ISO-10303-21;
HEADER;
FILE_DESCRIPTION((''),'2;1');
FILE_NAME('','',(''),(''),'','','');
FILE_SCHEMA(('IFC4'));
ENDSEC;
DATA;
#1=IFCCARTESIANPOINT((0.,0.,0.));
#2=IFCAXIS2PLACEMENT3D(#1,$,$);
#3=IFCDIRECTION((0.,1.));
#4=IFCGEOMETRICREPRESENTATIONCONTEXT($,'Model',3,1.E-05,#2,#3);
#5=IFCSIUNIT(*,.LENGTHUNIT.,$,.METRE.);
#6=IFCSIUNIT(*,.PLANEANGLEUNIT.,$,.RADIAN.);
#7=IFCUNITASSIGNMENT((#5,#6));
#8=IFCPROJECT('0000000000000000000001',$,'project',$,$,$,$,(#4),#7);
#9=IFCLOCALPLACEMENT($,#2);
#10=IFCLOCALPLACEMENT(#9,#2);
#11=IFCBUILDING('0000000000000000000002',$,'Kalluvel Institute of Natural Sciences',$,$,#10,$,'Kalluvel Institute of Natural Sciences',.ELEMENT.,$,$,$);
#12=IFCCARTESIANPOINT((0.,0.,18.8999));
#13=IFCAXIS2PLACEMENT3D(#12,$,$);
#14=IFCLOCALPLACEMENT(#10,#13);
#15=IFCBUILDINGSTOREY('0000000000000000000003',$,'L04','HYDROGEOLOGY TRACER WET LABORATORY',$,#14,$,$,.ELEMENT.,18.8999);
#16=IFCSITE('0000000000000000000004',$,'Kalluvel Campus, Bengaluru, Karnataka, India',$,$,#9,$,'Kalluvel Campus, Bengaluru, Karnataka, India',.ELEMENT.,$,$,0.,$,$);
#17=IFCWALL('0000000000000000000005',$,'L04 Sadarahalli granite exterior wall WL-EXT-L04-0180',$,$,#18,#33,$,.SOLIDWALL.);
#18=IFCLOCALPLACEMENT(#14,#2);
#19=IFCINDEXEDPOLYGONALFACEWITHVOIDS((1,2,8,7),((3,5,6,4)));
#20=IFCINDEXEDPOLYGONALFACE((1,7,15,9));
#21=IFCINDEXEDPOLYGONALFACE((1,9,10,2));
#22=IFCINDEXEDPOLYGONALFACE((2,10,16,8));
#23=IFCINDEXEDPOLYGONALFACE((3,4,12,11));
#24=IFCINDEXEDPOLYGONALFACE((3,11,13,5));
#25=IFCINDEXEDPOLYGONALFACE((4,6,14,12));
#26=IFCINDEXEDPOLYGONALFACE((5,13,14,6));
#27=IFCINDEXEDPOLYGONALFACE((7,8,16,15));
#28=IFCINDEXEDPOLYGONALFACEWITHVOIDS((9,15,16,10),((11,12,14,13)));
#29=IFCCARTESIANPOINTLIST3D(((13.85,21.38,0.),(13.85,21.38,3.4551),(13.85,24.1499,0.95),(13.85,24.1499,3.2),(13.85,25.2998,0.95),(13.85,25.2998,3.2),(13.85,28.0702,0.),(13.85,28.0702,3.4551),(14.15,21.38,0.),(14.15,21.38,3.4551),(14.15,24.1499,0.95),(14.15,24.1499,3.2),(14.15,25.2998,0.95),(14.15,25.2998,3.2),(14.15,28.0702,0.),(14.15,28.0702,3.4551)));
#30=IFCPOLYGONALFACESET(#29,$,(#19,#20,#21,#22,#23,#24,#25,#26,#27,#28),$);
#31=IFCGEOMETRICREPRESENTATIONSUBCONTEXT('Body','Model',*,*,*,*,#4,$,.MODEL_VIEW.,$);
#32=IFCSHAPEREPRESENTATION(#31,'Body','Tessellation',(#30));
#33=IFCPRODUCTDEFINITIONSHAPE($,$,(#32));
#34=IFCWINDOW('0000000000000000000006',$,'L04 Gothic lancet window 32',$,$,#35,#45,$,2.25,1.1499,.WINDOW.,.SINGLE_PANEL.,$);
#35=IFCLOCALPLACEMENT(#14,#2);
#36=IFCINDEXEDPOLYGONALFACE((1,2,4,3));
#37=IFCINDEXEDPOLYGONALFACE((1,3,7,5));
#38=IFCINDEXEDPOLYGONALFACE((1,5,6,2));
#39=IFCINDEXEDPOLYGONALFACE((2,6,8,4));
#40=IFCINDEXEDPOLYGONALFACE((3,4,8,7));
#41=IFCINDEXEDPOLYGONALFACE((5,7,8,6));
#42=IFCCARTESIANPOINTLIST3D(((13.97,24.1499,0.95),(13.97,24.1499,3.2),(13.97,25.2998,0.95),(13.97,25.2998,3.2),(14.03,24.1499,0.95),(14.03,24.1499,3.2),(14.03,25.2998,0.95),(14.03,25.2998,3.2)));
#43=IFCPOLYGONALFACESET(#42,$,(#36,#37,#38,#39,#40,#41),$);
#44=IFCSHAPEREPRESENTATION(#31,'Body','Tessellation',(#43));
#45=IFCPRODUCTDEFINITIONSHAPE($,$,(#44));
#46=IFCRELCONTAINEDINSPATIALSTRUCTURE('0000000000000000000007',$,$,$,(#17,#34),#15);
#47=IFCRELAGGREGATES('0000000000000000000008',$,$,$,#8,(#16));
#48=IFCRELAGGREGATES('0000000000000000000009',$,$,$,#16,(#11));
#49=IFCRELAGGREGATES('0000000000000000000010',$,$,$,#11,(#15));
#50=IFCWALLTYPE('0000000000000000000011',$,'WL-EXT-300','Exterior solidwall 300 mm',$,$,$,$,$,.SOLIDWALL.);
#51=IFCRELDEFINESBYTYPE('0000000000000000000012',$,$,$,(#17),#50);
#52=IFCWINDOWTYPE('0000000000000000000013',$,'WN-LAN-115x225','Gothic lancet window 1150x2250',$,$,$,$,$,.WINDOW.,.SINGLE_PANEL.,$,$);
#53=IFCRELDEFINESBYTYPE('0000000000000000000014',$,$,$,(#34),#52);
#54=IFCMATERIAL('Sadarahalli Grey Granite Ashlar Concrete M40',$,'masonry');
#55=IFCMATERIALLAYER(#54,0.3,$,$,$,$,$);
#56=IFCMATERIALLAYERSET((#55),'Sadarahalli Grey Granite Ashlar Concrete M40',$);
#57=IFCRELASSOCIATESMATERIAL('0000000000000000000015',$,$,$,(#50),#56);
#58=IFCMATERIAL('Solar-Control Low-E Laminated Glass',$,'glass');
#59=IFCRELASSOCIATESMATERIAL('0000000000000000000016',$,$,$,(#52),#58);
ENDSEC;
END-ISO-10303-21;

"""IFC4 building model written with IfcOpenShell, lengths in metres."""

from ifc_helpers import new_model, si_unit, direction, frame, frame_2d, origin, place, context, subcontext, project, spatial, rectangle, extrude, material, layer, layer_set, type_object, element, fill, save


model = new_model("IFC4")

# Units and contexts
model_context = context("Model", 3, precision=1e-05, world=origin(), true_north=direction((0.0, 1.0)))
body_context = subcontext(model_context, "Body", "Model", "MODEL_VIEW")
ifc_project = project(units=[si_unit("LENGTHUNIT", "METRE"), si_unit("PLANEANGLEUNIT", "RADIAN")], contexts=[model_context])

# Site, building, storey
site_placement = place(None, origin())
site = spatial("IfcSite", under=ifc_project, at=site_placement, Name="Kalluvel Campus, Bengaluru, Karnataka, India", LongName="Kalluvel Campus, Bengaluru, Karnataka, India", CompositionType="ELEMENT", RefElevation=0.0)
building_placement = place(site_placement, origin())
building = spatial("IfcBuilding", under=site, at=building_placement, Name="Kalluvel Institute of Natural Sciences", LongName="Kalluvel Institute of Natural Sciences", CompositionType="ELEMENT")
storey_placement = place(building_placement, frame((0.0, 0.0, 18.8999)))
storey = spatial("IfcBuildingStorey", under=building, at=storey_placement, Name="L04", Description="HYDROGEOLOGY TRACER WET LABORATORY", CompositionType="ELEMENT", Elevation=18.8999)

# Shared definitions
ifc_material_1 = material(Name="Solar-Control Low-E Laminated Glass", Category="glass")

# Wall, opening, window
ifc_material_2 = material(Name="Sadarahalli Grey Granite Ashlar Concrete M40", Category="masonry")
ifc_layer_1 = layer(ifc_material_2, 0.3)
ifc_layer_set_1 = layer_set([ifc_layer_1], Name="Sadarahalli Grey Granite Ashlar Concrete M40")
wall_type = type_object("IfcWallType", Name="WL-EXT-300", Description="Exterior solidwall 300 mm", PredefinedType="SOLIDWALL", material=ifc_layer_set_1)
wall_placement = place(storey_placement, frame((14.0, 21.3799, 0.0), z_axis=(0.0, 0.0, 1.0), x_axis=(0.0, 1.0, 0.0)))
wall = element("IfcWall", 1, at=wall_placement, inside=storey, type_object=wall_type, Name="L04 Sadarahalli granite exterior wall WL-EXT-L04-0180", PredefinedType="SOLIDWALL", context=body_context, shape_type="SweptSolid", body=[
    extrude(rectangle(XDim=6.6902, YDim=0.3, at=frame_2d((3.3452, 0.0))), origin(), (0.0, 0.0, 1.0), 3.4551),
])
opening_placement = place(wall_placement, frame((2.77, 0.0, 0.95)))
opening = element("IfcOpeningElement", 2, at=opening_placement, cuts=wall, PredefinedType="OPENING", context=body_context, shape_type="SweptSolid", body=[
    extrude(rectangle(XDim=1.1499, YDim=2.25, at=frame_2d((0.575, 1.125))), frame((0.0, 0.1599, 0.0), z_axis=(0.0, -1.0, 0.0), x_axis=(1.0, 0.0, 0.0)), (0.0, 0.0, 1.0), 0.3201),
])
window_type = type_object("IfcWindowType", Name="WN-LAN-115x225", Description="Gothic lancet window 1150x2250", PartitioningType="SINGLE_PANEL", PredefinedType="WINDOW", material=ifc_material_1)
window_placement = place(opening_placement, origin())
window = element("IfcWindow", 3, at=window_placement, inside=storey, type_object=window_type, Name="L04 Gothic lancet window 32", OverallHeight=2.25, OverallWidth=1.1499, PartitioningType="SINGLE_PANEL", PredefinedType="WINDOW", context=body_context, shape_type="SweptSolid", body=[
    extrude(rectangle(XDim=1.1499, YDim=2.25, at=frame_2d((0.575, 1.125))), frame((0.0, 0.03, 0.0), z_axis=(0.0, -1.0, 0.0), x_axis=(1.0, 0.0, 0.0)), (0.0, 0.0, 1.0), 0.0601),
])
fill(opening, window)

save(model, "model.ifc")
